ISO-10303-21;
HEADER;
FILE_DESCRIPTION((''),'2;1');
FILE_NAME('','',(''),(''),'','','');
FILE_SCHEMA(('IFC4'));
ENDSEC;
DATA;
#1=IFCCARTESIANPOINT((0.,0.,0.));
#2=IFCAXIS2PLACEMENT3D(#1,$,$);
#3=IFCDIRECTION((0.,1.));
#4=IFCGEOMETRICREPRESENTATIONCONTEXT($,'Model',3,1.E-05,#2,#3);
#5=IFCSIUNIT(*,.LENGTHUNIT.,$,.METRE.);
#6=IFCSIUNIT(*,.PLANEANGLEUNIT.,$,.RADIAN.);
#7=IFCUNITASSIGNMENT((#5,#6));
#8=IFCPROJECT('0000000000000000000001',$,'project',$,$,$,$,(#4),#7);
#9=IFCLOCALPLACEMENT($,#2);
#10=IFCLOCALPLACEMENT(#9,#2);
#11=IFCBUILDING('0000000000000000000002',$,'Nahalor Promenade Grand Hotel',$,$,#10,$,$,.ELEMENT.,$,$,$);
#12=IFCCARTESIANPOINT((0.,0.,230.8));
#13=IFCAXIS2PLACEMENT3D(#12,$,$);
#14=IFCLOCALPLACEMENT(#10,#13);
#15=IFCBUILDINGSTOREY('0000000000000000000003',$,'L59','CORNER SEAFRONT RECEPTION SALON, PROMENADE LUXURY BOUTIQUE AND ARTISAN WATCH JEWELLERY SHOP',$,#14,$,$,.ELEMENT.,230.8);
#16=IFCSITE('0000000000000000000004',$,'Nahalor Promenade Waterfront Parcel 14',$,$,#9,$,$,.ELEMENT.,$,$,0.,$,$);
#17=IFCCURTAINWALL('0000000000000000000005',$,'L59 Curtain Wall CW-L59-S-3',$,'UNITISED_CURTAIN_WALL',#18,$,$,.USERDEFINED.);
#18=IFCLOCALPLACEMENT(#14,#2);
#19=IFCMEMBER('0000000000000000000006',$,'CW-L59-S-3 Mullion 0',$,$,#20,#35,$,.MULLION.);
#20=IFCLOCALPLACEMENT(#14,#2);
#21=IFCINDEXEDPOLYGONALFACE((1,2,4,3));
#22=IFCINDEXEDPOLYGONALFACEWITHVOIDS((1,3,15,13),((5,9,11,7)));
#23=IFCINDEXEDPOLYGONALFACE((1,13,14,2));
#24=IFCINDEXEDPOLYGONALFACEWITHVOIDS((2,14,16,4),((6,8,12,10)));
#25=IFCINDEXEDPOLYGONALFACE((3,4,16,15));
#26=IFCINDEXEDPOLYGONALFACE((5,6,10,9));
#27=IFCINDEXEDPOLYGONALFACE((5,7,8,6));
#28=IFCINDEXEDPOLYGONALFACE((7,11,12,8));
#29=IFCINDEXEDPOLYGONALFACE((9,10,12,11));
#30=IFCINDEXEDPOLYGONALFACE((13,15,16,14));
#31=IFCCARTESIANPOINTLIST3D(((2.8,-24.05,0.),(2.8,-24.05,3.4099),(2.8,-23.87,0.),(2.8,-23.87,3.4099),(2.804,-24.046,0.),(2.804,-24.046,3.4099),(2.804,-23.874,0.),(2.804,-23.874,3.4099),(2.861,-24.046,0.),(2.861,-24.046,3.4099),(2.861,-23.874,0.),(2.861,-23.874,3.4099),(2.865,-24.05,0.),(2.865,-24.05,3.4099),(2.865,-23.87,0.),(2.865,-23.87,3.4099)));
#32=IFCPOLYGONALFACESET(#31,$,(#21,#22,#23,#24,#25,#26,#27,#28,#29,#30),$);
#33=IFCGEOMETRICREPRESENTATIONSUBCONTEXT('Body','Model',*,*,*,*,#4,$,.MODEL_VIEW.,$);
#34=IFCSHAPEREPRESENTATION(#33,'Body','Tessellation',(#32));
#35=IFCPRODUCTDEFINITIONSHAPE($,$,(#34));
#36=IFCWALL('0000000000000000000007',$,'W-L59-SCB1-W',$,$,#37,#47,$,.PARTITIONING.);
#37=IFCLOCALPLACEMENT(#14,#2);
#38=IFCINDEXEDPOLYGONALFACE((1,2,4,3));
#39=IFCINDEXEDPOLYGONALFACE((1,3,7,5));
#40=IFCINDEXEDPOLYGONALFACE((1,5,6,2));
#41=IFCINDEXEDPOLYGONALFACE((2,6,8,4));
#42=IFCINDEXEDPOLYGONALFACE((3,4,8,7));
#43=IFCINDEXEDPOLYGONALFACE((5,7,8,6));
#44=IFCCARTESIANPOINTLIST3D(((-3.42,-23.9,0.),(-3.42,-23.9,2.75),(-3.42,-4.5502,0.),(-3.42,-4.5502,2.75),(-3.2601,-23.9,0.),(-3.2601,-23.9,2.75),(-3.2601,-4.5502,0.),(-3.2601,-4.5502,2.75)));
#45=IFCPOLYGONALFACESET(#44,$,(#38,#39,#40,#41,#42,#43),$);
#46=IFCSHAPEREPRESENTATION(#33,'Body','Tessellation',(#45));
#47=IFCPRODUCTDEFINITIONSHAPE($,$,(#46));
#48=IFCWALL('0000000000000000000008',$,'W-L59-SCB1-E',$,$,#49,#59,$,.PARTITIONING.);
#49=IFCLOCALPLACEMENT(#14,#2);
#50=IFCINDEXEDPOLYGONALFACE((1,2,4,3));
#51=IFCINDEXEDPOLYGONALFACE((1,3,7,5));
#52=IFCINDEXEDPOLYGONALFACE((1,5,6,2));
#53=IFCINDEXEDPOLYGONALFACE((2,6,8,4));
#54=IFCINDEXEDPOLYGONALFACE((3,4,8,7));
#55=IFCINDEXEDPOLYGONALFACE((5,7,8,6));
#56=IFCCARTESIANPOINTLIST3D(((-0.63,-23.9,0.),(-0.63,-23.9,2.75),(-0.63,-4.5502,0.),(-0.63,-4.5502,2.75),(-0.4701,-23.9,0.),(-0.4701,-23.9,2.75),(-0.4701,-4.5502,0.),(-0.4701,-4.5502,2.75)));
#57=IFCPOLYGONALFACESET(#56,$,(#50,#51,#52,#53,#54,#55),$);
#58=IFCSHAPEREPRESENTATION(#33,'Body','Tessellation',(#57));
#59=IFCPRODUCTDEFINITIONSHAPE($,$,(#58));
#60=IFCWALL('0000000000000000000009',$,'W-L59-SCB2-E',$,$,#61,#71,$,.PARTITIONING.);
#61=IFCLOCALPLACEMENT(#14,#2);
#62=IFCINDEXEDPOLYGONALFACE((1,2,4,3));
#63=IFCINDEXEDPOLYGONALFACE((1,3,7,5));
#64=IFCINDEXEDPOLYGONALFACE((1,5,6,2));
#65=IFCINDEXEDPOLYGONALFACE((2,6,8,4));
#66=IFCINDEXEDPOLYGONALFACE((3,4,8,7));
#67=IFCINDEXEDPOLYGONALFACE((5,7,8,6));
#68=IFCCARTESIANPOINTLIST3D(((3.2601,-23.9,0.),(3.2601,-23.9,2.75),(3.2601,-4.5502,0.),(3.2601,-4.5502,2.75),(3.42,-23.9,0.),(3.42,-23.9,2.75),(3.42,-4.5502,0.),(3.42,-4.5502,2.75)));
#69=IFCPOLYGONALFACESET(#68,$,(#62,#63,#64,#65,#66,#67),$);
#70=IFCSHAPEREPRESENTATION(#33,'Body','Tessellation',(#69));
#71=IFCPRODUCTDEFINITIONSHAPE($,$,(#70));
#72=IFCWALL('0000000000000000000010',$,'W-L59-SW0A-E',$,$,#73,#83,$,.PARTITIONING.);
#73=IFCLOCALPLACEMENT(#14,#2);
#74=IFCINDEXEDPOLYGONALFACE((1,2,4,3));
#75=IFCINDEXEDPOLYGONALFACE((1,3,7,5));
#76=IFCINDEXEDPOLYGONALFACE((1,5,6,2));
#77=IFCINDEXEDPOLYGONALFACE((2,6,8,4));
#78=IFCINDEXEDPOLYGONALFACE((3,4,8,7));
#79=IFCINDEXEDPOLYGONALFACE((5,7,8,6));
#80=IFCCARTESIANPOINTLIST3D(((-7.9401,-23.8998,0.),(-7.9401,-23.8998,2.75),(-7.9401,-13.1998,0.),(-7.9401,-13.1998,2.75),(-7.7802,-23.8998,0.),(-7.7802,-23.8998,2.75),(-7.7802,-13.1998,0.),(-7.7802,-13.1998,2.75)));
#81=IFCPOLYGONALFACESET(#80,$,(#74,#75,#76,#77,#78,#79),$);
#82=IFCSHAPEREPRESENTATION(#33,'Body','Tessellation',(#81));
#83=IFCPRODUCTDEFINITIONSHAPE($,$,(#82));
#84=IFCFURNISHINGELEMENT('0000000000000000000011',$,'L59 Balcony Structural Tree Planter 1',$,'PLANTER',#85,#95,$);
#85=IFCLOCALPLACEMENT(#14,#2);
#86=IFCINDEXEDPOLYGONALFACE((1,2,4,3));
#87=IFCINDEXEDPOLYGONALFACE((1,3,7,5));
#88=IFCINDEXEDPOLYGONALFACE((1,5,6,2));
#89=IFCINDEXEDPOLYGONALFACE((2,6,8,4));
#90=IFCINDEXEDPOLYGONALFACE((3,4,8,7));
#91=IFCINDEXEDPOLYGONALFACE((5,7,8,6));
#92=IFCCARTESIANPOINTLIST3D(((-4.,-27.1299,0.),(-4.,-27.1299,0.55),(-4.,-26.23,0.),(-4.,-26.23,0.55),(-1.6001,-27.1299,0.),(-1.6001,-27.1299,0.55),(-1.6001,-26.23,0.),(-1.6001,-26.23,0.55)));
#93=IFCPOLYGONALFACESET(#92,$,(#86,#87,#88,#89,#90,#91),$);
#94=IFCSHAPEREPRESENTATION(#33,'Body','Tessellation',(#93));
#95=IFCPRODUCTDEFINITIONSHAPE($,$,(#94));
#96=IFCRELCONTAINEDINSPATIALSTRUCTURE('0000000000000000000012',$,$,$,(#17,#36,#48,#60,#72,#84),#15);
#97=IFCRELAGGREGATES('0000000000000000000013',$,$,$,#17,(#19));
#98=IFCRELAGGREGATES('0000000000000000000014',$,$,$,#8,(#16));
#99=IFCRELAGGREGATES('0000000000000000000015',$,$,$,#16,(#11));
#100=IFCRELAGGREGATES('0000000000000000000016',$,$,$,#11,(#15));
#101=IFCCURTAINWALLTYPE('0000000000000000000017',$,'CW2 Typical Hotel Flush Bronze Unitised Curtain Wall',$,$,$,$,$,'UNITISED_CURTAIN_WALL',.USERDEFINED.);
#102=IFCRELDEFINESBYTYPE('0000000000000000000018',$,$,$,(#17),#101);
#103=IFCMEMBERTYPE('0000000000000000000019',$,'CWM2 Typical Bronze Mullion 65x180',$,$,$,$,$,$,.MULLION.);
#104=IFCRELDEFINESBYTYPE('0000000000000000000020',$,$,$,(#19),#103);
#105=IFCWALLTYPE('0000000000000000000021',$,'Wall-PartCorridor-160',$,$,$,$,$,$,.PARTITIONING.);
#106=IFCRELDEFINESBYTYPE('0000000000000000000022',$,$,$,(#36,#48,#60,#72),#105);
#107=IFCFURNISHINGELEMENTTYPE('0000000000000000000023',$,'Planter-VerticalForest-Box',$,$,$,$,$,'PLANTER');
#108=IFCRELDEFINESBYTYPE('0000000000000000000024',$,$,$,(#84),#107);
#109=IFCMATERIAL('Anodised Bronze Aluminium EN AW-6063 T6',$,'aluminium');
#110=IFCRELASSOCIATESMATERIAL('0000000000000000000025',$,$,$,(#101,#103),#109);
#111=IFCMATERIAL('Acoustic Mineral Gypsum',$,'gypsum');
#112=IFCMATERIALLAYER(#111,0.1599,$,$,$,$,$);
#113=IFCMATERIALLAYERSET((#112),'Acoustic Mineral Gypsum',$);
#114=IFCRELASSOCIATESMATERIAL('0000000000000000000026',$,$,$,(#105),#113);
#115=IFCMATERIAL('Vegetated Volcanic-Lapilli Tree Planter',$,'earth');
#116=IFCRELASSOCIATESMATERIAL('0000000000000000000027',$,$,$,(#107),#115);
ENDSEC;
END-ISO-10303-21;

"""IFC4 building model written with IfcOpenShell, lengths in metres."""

from ifc_helpers import new_model, si_unit, direction, frame, frame_2d, origin, origin_2d, place, context, subcontext, project, spatial, rectangle, hollow_rectangle, extrude, source, transform, mapped, material, layer, layer_set, material_profile, profile_set, type_object, element, aggregate, save


model = new_model("IFC4")

# Units and contexts
model_context = context("Model", 3, precision=1e-05, world=origin(), true_north=direction((0.0, 1.0)))
body_context = subcontext(model_context, "Body", "Model", "MODEL_VIEW")
ifc_project = project(units=[si_unit("LENGTHUNIT", "METRE"), si_unit("PLANEANGLEUNIT", "RADIAN")], contexts=[model_context])

# Site, building, storey
site_placement = place(None, origin())
site = spatial("IfcSite", under=ifc_project, at=site_placement, Name="Nahalor Promenade Waterfront Parcel 14", CompositionType="ELEMENT", RefElevation=0.0)
building_placement = place(site_placement, origin())
building = spatial("IfcBuilding", under=site, at=building_placement, Name="Nahalor Promenade Grand Hotel", CompositionType="ELEMENT")
storey_placement = place(building_placement, frame((0.0, 0.0, 230.8)))
storey = spatial("IfcBuildingStorey", under=building, at=storey_placement, Name="L59", Description="CORNER SEAFRONT RECEPTION SALON, PROMENADE LUXURY BOUTIQUE AND ARTISAN WATCH JEWELLERY SHOP", CompositionType="ELEMENT", Elevation=230.8)

# Curtain wall, member
ifc_material_1 = material(Name="Anodised Bronze Aluminium EN AW-6063 T6", Category="aluminium")
curtain_wall_type = type_object("IfcCurtainWallType", Name="CW2 Typical Hotel Flush Bronze Unitised Curtain Wall", ElementType="UNITISED_CURTAIN_WALL", PredefinedType="USERDEFINED", material=ifc_material_1)
curtain_wall_placement = place(storey_placement, origin())
curtain_wall = element("IfcCurtainWall", 1, at=curtain_wall_placement, inside=storey, type_object=curtain_wall_type, Name="L59 Curtain Wall CW-L59-S-3", ObjectType="UNITISED_CURTAIN_WALL", PredefinedType="USERDEFINED")
ifc_material_profile_1 = material_profile(ifc_material_1, hollow_rectangle(XDim=0.065, YDim=0.18, WallThickness=0.004, at=origin_2d()), Name="CWM 65x180x4")
ifc_profile_set_1 = profile_set([ifc_material_profile_1], Name="Anodised Bronze Aluminium EN AW-6063 T6")
member_type_1 = type_object("IfcMemberType", Name="CWM2 Typical Bronze Mullion 65x180", PredefinedType="MULLION", material=ifc_profile_set_1)
shared_shape_1 = source(origin(), body_context, "Body", "SweptSolid", [
    extrude(hollow_rectangle(XDim=0.065, YDim=0.18, WallThickness=0.004, at=origin_2d()), origin(), (0.0, 0.0, 1.0), 3.4099),
])
member_1_placement = place(storey_placement, frame((2.8325, -23.96, 0.0), z_axis=(0.0, 0.0, 1.0), x_axis=(1.0, 0.0, 0.0)))
member_1 = element("IfcMember", 2, at=member_1_placement, type_object=member_type_1, Name="CW-L59-S-3 Mullion 0", PredefinedType="MULLION", context=body_context, shape_type="MappedRepresentation", body=[
    mapped(shared_shape_1, transform((0.0, 0.0, 0.0), scale=1.0)),
])
aggregate(curtain_wall, [member_1])

# Walls
ifc_material_2 = material(Name="Acoustic Mineral Gypsum", Category="gypsum")
ifc_layer = layer(ifc_material_2, 0.1599)
ifc_layer_set = layer_set([ifc_layer], Name="Acoustic Mineral Gypsum")
wall_type = type_object("IfcWallType", Name="Wall-PartCorridor-160", PredefinedType="PARTITIONING", material=ifc_layer_set)
shared_shape_2 = source(origin(), body_context, "Body", "SweptSolid", [
    extrude(rectangle(XDim=19.3499, YDim=0.1599, at=frame_2d((9.6748, 0.0))), origin(), (0.0, 0.0, 1.0), 2.75),
])
for number, where, z_axis, x_axis, name in (
    (3, (-3.3401, -23.8999, 0.0), (0.0, 0.0, 1.0), (0.0, 1.0, 0.0), "W-L59-SCB1-W"),
    (4, (-0.55, -23.8999, 0.0), (0.0, 0.0, 1.0), (0.0, 1.0, 0.0), "W-L59-SCB1-E"),
    (5, (3.3401, -23.8999, 0.0), (0.0, 0.0, 1.0), (0.0, 1.0, 0.0), "W-L59-SCB2-E"),
):
    element("IfcWall", number, at=place(storey_placement, frame(where, z_axis=z_axis, x_axis=x_axis)), inside=storey, type_object=wall_type, Name=name, PredefinedType="PARTITIONING", context=body_context, shape_type="MappedRepresentation", body=[
        mapped(shared_shape_2, transform((0.0, 0.0, 0.0), scale=1.0)),
    ])
shared_shape_3 = source(origin(), body_context, "Body", "SweptSolid", [
    extrude(rectangle(XDim=10.7, YDim=0.1599, at=frame_2d((5.3501, 0.0))), origin(), (0.0, 0.0, 1.0), 2.75),
])
wall_placement = place(storey_placement, frame((-7.8601, -23.8999, 0.0), z_axis=(0.0, 0.0, 1.0), x_axis=(0.0, 1.0, 0.0)))
element("IfcWall", 6, at=wall_placement, inside=storey, type_object=wall_type, Name="W-L59-SW0A-E", PredefinedType="PARTITIONING", context=body_context, shape_type="MappedRepresentation", body=[
    mapped(shared_shape_3, transform((0.0, 0.0, 0.0), scale=1.0)),
])

# Furnishing element
ifc_material_3 = material(Name="Vegetated Volcanic-Lapilli Tree Planter", Category="earth")
furnishing_element_type = type_object("IfcFurnishingElementType", Name="Planter-VerticalForest-Box", ElementType="PLANTER", material=ifc_material_3)
shared_shape_4 = source(origin(), body_context, "Body", "SweptSolid", [
    extrude(rectangle(XDim=2.3999, YDim=0.8999, at=origin_2d()), origin(), (0.0, 0.0, 1.0), 0.55),
])
furnishing_placement = place(storey_placement, frame((-2.8, -26.6799, 0.0), z_axis=(0.0, 0.0, 1.0), x_axis=(1.0, 0.0, 0.0)))
element("IfcFurnishingElement", 7, at=furnishing_placement, inside=storey, type_object=furnishing_element_type, Name="L59 Balcony Structural Tree Planter 1", ObjectType="PLANTER", context=body_context, shape_type="MappedRepresentation", body=[
    mapped(shared_shape_4, transform((0.0, 0.0, 0.0), scale=1.0)),
])

save(model, "model.ifc")
